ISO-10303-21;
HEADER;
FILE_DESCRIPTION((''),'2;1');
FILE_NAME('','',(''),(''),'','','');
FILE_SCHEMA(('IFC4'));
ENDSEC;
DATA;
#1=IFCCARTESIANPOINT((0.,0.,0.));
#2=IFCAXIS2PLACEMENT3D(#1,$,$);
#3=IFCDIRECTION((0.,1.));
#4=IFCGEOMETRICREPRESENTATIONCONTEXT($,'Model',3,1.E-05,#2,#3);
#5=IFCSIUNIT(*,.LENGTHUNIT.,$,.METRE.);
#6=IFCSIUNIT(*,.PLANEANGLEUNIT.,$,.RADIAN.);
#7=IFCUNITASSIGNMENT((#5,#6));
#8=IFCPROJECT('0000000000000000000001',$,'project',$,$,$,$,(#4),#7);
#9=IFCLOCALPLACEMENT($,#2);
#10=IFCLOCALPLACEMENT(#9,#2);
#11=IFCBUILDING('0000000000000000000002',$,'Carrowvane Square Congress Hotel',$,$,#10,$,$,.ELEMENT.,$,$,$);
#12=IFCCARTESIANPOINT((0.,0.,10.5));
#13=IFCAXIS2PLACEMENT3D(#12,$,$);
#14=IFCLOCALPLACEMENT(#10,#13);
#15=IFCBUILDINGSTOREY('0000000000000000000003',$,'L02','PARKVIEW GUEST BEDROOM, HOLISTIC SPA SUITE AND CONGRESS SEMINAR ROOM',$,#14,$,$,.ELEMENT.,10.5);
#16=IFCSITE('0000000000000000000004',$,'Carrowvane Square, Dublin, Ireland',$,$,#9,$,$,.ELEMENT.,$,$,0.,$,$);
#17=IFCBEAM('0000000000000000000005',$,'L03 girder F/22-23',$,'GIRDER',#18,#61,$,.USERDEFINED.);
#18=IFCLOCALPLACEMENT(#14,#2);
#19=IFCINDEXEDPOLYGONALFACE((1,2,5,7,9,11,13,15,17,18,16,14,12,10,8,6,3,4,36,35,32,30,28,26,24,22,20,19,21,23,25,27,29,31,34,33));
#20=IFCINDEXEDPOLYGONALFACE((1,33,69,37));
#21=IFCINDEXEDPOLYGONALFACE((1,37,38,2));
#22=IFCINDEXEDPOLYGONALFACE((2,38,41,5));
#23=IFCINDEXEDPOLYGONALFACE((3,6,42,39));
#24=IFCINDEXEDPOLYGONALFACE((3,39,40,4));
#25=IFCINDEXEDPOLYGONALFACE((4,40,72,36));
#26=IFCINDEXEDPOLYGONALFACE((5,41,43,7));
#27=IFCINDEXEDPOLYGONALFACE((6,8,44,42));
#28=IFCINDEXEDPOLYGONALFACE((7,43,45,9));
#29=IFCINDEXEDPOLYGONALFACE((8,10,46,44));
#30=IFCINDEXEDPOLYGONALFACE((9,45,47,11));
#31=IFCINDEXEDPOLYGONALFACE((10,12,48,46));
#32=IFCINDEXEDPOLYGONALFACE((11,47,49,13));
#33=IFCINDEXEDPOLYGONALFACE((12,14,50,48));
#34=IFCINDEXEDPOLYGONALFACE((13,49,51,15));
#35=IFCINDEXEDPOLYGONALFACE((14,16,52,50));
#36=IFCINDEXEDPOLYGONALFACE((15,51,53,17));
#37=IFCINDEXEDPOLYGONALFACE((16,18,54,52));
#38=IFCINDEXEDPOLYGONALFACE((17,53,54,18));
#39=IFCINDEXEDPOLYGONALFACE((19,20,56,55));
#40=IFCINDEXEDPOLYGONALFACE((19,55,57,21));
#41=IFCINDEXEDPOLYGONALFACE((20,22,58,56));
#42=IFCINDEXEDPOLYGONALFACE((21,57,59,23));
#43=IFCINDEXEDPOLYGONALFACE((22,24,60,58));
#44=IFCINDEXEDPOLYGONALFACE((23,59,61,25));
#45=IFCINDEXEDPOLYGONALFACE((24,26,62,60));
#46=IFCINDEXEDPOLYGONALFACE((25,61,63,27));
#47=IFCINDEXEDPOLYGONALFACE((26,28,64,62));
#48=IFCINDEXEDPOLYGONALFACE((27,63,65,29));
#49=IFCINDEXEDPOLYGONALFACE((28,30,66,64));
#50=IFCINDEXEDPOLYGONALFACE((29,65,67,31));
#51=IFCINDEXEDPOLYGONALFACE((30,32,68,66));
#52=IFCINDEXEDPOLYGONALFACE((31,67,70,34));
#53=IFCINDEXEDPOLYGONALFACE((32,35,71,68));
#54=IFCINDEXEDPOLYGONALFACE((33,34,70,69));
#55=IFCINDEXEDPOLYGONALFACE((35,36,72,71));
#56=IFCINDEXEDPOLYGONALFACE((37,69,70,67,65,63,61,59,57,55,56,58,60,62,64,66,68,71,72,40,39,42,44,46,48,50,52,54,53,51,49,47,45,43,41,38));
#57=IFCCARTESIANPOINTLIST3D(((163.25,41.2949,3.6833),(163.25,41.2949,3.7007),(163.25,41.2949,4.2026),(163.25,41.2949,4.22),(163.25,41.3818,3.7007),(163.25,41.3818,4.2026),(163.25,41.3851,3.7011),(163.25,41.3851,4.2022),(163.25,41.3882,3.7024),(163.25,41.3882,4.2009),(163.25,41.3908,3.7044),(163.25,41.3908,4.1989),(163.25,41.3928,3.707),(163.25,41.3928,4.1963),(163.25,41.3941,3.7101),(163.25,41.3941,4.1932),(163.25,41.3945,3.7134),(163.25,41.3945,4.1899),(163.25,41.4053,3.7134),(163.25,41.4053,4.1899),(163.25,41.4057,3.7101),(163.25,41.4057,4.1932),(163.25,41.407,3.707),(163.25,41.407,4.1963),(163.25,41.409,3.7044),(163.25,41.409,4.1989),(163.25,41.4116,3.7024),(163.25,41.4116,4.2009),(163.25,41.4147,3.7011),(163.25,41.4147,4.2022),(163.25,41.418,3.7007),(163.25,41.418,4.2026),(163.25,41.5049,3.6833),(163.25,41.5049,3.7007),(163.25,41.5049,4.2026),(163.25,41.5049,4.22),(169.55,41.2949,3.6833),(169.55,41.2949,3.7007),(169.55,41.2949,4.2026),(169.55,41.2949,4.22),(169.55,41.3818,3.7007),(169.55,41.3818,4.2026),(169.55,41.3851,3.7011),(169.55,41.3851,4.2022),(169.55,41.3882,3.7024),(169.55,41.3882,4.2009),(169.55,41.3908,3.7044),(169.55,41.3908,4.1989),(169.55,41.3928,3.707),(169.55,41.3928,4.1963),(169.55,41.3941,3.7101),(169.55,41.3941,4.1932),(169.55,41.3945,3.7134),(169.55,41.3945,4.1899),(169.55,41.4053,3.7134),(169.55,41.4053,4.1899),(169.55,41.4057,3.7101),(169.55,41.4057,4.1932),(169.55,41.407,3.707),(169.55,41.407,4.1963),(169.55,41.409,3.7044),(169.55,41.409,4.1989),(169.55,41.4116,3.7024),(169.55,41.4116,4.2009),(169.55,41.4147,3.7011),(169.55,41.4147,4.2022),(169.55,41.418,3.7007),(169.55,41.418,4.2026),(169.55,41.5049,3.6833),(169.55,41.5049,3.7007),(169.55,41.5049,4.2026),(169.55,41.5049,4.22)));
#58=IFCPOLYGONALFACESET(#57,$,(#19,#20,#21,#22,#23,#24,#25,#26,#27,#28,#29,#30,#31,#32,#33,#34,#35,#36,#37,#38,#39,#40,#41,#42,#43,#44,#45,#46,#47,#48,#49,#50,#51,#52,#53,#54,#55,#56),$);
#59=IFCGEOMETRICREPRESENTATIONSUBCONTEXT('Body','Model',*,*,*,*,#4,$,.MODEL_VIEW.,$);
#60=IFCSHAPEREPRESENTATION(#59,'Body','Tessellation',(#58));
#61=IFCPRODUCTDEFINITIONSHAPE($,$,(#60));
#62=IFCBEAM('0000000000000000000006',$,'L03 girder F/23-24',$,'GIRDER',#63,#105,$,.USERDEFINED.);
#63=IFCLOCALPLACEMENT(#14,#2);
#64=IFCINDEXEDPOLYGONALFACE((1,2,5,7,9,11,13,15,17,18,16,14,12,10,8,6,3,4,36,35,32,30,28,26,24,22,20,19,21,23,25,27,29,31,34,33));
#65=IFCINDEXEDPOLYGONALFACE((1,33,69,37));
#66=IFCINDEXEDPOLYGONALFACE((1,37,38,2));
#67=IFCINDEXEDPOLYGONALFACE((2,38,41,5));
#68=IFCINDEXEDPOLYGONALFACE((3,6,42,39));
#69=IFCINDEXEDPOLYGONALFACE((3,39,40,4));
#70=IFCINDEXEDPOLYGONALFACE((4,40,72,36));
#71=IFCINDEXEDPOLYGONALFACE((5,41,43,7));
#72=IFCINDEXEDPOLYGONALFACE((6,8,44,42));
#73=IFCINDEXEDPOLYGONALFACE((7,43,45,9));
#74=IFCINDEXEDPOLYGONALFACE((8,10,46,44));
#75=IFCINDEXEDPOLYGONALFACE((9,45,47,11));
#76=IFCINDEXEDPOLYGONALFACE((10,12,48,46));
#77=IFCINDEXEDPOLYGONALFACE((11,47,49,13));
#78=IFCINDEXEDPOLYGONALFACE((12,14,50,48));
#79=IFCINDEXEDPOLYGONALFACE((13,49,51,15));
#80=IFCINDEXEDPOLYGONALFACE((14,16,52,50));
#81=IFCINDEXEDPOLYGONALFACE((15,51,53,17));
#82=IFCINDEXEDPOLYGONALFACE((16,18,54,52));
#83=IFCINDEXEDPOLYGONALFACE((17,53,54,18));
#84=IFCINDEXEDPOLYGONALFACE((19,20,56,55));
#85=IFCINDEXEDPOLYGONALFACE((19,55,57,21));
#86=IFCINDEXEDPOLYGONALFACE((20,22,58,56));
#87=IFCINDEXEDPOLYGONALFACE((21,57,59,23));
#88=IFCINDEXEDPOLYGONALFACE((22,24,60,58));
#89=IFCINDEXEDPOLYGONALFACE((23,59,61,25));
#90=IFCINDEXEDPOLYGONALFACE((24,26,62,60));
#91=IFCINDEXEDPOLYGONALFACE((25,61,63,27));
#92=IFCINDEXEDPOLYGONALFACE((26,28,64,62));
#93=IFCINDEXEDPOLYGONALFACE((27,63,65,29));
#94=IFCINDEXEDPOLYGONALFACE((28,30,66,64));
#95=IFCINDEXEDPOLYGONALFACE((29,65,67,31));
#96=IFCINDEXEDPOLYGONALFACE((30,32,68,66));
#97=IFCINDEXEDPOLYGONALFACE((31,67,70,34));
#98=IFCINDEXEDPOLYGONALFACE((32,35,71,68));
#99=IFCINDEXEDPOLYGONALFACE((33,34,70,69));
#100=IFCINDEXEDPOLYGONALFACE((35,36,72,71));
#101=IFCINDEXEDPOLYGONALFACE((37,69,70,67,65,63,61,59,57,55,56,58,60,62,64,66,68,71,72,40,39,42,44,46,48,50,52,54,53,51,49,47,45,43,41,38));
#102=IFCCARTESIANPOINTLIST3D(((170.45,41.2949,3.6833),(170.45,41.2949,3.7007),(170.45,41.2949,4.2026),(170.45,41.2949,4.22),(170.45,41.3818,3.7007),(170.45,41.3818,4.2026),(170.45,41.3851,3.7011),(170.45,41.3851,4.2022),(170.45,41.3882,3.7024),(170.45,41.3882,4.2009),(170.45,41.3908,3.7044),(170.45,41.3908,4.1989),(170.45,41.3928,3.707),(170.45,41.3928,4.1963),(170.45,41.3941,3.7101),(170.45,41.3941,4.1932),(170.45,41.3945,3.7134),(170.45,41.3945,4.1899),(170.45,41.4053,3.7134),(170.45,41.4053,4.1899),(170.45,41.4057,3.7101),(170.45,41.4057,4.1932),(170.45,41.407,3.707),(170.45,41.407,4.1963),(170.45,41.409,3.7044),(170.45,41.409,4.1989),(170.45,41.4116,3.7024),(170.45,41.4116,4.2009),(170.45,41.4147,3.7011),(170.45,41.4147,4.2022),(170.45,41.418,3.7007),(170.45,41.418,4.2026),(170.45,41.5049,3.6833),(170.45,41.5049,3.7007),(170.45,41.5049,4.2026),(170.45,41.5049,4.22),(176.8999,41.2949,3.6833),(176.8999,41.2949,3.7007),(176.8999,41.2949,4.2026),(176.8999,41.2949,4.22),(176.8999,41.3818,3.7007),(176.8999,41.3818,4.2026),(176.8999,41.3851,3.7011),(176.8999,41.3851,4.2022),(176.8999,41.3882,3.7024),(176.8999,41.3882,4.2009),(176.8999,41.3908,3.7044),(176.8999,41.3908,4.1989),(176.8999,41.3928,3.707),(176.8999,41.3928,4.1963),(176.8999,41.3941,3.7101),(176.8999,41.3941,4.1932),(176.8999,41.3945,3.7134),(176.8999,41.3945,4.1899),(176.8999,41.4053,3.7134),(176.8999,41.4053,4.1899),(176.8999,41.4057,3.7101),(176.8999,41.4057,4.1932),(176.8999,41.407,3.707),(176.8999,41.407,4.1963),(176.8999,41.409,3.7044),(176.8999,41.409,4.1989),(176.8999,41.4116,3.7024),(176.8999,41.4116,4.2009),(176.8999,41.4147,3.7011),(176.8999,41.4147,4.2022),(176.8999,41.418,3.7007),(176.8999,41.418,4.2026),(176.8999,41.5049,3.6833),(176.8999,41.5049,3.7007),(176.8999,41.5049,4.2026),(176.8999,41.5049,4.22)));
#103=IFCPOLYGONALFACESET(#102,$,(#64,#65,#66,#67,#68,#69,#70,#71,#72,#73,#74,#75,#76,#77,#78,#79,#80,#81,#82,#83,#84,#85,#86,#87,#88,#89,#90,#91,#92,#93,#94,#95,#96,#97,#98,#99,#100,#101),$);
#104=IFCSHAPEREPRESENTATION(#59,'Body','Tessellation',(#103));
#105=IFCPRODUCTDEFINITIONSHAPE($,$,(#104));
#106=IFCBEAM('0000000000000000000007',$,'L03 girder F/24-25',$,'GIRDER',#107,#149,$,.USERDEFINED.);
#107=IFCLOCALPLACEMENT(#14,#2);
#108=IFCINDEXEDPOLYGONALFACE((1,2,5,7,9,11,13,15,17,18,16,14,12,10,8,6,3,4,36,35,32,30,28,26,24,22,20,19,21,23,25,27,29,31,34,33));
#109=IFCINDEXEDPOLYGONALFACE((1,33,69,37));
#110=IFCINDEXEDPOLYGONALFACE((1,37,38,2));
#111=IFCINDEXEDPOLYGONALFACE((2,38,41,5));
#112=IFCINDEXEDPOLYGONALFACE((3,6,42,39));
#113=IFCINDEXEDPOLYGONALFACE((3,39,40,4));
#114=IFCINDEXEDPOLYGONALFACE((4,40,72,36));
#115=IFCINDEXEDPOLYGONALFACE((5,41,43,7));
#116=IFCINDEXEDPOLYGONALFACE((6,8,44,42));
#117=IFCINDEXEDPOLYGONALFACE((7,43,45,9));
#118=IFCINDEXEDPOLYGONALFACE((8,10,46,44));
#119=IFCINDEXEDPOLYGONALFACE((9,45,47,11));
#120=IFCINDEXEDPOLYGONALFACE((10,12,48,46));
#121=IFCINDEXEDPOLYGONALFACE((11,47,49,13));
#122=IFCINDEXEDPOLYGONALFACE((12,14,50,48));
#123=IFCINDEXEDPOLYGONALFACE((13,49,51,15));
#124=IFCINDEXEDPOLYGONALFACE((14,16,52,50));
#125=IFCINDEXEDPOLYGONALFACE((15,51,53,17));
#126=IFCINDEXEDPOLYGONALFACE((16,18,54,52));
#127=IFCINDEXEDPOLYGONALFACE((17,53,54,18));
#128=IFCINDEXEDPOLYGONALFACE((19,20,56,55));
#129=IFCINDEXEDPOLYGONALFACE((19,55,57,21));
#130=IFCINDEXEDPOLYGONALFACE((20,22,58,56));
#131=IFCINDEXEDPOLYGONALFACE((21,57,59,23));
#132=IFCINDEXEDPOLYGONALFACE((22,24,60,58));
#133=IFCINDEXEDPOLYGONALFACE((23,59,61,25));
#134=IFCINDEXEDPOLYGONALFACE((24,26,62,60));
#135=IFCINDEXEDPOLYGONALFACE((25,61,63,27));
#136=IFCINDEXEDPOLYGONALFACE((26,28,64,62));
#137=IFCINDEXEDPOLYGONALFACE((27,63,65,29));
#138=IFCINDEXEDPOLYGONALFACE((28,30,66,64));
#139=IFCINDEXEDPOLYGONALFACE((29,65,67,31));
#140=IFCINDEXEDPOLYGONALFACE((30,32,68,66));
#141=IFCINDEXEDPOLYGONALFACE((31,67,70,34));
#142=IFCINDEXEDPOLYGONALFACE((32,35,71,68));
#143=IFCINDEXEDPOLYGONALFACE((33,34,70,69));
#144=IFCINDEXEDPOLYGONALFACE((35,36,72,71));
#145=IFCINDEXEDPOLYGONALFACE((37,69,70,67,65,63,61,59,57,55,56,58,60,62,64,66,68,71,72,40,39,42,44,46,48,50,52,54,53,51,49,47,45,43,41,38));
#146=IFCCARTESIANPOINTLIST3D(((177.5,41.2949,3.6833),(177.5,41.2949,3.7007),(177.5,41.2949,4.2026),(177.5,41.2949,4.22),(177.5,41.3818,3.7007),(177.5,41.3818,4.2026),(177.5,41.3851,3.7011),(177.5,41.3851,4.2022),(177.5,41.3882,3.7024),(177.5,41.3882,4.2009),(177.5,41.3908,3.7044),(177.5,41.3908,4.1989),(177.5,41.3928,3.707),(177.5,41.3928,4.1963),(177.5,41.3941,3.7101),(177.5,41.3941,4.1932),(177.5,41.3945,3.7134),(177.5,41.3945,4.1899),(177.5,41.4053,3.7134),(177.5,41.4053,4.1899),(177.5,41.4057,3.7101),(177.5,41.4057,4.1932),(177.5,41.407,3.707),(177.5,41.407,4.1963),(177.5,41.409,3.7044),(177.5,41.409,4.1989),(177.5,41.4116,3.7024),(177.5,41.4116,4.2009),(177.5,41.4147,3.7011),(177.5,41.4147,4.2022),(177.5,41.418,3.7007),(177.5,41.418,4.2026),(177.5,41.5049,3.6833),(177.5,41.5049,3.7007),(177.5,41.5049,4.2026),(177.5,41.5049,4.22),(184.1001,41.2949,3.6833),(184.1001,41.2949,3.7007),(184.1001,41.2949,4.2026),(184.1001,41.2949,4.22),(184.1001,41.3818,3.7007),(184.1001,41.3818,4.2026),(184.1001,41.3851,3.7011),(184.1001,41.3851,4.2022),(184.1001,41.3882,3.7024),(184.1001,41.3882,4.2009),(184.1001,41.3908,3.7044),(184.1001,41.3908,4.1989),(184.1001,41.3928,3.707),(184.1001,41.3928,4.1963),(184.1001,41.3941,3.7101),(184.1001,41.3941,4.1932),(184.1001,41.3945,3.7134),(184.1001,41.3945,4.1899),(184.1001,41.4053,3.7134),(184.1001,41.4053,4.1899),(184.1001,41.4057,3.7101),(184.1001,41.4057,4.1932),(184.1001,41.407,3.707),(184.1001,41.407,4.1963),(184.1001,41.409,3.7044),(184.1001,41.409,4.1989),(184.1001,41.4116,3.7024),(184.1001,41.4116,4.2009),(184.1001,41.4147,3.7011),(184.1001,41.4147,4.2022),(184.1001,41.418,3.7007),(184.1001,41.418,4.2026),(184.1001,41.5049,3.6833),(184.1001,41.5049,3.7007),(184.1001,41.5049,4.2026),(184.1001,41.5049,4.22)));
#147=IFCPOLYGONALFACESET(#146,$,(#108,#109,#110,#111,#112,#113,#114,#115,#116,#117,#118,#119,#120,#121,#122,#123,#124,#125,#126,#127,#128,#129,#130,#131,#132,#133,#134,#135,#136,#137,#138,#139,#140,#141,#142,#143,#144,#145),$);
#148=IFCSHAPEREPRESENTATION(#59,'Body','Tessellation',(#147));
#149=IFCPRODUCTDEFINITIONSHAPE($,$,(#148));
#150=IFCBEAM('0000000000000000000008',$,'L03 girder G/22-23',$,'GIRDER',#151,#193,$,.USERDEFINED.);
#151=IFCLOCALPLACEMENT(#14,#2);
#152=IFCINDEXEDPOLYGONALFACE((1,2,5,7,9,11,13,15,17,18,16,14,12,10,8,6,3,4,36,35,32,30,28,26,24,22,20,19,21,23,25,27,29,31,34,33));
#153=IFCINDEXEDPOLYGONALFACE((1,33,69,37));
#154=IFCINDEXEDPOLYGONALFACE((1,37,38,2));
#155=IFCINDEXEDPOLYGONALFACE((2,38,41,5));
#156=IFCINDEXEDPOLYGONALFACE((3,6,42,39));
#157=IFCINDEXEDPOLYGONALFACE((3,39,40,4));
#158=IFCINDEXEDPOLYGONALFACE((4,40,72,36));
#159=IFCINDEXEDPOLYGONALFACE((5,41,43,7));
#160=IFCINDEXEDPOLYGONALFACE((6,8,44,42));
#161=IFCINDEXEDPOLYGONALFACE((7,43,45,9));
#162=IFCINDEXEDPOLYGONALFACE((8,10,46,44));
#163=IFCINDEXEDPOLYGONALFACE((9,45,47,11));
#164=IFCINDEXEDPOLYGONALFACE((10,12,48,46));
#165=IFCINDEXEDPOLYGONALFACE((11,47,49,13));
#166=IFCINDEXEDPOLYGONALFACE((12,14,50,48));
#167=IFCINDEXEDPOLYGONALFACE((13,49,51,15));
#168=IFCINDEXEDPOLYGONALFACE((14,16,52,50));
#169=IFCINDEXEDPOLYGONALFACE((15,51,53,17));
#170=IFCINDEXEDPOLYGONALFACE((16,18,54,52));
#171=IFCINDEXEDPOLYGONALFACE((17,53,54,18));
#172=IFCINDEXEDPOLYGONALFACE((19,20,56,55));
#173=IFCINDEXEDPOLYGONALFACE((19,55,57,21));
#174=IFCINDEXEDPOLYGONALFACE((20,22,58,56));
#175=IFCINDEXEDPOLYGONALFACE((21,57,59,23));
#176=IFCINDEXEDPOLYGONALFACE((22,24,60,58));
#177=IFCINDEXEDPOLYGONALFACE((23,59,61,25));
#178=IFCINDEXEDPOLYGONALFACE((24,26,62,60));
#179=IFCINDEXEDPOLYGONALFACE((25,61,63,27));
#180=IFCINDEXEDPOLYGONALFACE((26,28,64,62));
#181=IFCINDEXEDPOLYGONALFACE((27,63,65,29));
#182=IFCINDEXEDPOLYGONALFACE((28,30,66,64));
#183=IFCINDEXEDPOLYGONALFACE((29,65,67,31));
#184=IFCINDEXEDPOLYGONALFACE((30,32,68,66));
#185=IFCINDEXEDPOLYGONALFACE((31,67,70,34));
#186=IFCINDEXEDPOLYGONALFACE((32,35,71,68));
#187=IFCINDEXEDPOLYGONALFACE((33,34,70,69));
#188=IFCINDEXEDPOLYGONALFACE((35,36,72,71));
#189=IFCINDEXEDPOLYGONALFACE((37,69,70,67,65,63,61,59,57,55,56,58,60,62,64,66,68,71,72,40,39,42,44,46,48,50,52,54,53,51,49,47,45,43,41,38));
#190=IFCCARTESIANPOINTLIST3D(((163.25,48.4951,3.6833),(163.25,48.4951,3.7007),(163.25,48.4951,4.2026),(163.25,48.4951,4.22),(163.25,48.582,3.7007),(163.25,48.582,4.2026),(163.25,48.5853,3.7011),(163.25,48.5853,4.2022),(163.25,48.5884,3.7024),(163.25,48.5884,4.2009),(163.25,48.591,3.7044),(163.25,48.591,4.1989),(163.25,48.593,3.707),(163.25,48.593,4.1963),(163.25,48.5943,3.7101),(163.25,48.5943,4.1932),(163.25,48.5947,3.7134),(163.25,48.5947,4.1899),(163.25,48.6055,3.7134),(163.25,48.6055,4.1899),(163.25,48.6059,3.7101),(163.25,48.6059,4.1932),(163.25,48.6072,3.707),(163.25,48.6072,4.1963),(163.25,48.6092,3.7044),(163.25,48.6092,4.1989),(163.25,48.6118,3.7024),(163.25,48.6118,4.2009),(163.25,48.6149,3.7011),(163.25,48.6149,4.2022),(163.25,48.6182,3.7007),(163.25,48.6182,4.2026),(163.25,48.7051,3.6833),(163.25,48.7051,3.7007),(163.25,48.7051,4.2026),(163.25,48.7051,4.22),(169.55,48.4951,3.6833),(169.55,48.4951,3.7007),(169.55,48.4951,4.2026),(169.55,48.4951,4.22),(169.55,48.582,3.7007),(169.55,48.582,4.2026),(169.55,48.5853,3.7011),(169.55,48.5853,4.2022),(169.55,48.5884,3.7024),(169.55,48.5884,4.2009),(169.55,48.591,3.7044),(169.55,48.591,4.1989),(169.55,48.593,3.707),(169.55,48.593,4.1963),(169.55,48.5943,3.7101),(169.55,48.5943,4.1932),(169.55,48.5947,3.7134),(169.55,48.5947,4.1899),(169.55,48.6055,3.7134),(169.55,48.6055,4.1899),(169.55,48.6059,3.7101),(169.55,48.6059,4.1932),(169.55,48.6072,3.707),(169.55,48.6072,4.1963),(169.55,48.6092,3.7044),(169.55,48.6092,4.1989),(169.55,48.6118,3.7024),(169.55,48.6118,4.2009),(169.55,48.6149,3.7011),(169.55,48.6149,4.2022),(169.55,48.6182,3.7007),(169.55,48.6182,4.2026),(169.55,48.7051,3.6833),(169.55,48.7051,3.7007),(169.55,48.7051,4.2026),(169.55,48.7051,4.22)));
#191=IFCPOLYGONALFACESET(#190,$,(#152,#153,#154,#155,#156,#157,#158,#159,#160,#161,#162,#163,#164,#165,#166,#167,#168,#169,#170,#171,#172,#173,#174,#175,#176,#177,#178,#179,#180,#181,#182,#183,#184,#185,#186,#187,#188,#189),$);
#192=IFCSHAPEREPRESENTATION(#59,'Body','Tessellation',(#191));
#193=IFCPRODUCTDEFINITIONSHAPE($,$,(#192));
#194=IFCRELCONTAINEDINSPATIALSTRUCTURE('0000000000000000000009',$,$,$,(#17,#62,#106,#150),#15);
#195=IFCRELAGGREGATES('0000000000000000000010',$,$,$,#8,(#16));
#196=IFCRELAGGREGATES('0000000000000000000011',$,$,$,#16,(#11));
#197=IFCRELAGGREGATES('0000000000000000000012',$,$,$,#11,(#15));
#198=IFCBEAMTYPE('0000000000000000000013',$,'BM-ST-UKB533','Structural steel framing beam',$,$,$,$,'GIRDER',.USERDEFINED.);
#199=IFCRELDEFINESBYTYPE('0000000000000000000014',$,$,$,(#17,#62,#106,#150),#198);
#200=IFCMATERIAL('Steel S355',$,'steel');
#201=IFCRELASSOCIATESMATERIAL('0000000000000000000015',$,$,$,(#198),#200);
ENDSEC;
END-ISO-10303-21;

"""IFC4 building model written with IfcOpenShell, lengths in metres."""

from ifc_helpers import new_model, si_unit, direction, frame, origin, origin_2d, place, context, subcontext, project, spatial, i_section, extrude, material, material_profile, profile_set, type_object, element, save


model = new_model("IFC4")

# Units and contexts
model_context = context("Model", 3, precision=1e-05, world=origin(), true_north=direction((0.0, 1.0)))
body_context = subcontext(model_context, "Body", "Model", "MODEL_VIEW")
ifc_project = project(units=[si_unit("LENGTHUNIT", "METRE"), si_unit("PLANEANGLEUNIT", "RADIAN")], contexts=[model_context])

# Site, building, storey
site_placement = place(None, origin())
site = spatial("IfcSite", under=ifc_project, at=site_placement, Name="Carrowvane Square, Dublin, Ireland", CompositionType="ELEMENT", RefElevation=0.0)
building_placement = place(site_placement, origin())
building = spatial("IfcBuilding", under=site, at=building_placement, Name="Carrowvane Square Congress Hotel", CompositionType="ELEMENT")
storey_placement = place(building_placement, frame((0.0, 0.0, 10.5)))
storey = spatial("IfcBuildingStorey", under=building, at=storey_placement, Name="L02", Description="PARKVIEW GUEST BEDROOM, HOLISTIC SPA SUITE AND CONGRESS SEMINAR ROOM", CompositionType="ELEMENT", Elevation=10.5)

# Beams
ifc_material_1 = material(Name="Steel S355", Category="steel")
ifc_material_profile_1 = material_profile(ifc_material_1, i_section(OverallWidth=0.21, OverallDepth=0.5366, WebThickness=0.0107, FlangeThickness=0.0173, FilletRadius=0.0127, at=origin_2d()), Name="UKB 533x210x101")
ifc_profile_set_1 = profile_set([ifc_material_profile_1], Name="Steel S355")
beam_type_1 = type_object("IfcBeamType", Name="BM-ST-UKB533", Description="Structural steel framing beam", ElementType="GIRDER", PredefinedType="USERDEFINED", material=ifc_profile_set_1)
beam_1_placement = place(storey_placement, frame((163.25, 41.3999, 3.9517), z_axis=(1.0, 0.0, 0.0), x_axis=(0.0, 1.0, 0.0)))
element("IfcBeam", 1, at=beam_1_placement, inside=storey, type_object=beam_type_1, Name="L03 girder F/22-23", ObjectType="GIRDER", PredefinedType="USERDEFINED", context=body_context, shape_type="SweptSolid", body=[
    extrude(i_section(OverallWidth=0.21, OverallDepth=0.5366, WebThickness=0.0107, FlangeThickness=0.0173, FilletRadius=0.0127, at=origin_2d()), origin(), (0.0, 0.0, 1.0), 6.3),
])
beam_2_placement = place(storey_placement, frame((170.45, 41.3999, 3.9517), z_axis=(1.0, 0.0, 0.0), x_axis=(0.0, 1.0, 0.0)))
element("IfcBeam", 2, at=beam_2_placement, inside=storey, type_object=beam_type_1, Name="L03 girder F/23-24", ObjectType="GIRDER", PredefinedType="USERDEFINED", context=body_context, shape_type="SweptSolid", body=[
    extrude(i_section(OverallWidth=0.21, OverallDepth=0.5366, WebThickness=0.0107, FlangeThickness=0.0173, FilletRadius=0.0127, at=origin_2d()), origin(), (0.0, 0.0, 1.0), 6.45),
])
beam_3_placement = place(storey_placement, frame((177.5, 41.3999, 3.9517), z_axis=(1.0, 0.0, 0.0), x_axis=(0.0, 1.0, 0.0)))
element("IfcBeam", 3, at=beam_3_placement, inside=storey, type_object=beam_type_1, Name="L03 girder F/24-25", ObjectType="GIRDER", PredefinedType="USERDEFINED", context=body_context, shape_type="SweptSolid", body=[
    extrude(i_section(OverallWidth=0.21, OverallDepth=0.5366, WebThickness=0.0107, FlangeThickness=0.0173, FilletRadius=0.0127, at=origin_2d()), origin(), (0.0, 0.0, 1.0), 6.6001),
])
for number, where, z_axis, x_axis, name in (
    (4, (163.25, 48.6001, 3.9517), (1.0, 0.0, 0.0), (0.0, 1.0, 0.0), "L03 girder G/22-23"),
):
    element("IfcBeam", number, at=place(storey_placement, frame(where, z_axis=z_axis, x_axis=x_axis)), inside=storey, type_object=beam_type_1, Name=name, ObjectType="GIRDER", PredefinedType="USERDEFINED", context=body_context, shape_type="SweptSolid", body=[
        extrude(i_section(OverallWidth=0.21, OverallDepth=0.5366, WebThickness=0.0107, FlangeThickness=0.0173, FilletRadius=0.0127, at=origin_2d()), origin(), (0.0, 0.0, 1.0), 6.3),
    ])

save(model, "model.ifc")
